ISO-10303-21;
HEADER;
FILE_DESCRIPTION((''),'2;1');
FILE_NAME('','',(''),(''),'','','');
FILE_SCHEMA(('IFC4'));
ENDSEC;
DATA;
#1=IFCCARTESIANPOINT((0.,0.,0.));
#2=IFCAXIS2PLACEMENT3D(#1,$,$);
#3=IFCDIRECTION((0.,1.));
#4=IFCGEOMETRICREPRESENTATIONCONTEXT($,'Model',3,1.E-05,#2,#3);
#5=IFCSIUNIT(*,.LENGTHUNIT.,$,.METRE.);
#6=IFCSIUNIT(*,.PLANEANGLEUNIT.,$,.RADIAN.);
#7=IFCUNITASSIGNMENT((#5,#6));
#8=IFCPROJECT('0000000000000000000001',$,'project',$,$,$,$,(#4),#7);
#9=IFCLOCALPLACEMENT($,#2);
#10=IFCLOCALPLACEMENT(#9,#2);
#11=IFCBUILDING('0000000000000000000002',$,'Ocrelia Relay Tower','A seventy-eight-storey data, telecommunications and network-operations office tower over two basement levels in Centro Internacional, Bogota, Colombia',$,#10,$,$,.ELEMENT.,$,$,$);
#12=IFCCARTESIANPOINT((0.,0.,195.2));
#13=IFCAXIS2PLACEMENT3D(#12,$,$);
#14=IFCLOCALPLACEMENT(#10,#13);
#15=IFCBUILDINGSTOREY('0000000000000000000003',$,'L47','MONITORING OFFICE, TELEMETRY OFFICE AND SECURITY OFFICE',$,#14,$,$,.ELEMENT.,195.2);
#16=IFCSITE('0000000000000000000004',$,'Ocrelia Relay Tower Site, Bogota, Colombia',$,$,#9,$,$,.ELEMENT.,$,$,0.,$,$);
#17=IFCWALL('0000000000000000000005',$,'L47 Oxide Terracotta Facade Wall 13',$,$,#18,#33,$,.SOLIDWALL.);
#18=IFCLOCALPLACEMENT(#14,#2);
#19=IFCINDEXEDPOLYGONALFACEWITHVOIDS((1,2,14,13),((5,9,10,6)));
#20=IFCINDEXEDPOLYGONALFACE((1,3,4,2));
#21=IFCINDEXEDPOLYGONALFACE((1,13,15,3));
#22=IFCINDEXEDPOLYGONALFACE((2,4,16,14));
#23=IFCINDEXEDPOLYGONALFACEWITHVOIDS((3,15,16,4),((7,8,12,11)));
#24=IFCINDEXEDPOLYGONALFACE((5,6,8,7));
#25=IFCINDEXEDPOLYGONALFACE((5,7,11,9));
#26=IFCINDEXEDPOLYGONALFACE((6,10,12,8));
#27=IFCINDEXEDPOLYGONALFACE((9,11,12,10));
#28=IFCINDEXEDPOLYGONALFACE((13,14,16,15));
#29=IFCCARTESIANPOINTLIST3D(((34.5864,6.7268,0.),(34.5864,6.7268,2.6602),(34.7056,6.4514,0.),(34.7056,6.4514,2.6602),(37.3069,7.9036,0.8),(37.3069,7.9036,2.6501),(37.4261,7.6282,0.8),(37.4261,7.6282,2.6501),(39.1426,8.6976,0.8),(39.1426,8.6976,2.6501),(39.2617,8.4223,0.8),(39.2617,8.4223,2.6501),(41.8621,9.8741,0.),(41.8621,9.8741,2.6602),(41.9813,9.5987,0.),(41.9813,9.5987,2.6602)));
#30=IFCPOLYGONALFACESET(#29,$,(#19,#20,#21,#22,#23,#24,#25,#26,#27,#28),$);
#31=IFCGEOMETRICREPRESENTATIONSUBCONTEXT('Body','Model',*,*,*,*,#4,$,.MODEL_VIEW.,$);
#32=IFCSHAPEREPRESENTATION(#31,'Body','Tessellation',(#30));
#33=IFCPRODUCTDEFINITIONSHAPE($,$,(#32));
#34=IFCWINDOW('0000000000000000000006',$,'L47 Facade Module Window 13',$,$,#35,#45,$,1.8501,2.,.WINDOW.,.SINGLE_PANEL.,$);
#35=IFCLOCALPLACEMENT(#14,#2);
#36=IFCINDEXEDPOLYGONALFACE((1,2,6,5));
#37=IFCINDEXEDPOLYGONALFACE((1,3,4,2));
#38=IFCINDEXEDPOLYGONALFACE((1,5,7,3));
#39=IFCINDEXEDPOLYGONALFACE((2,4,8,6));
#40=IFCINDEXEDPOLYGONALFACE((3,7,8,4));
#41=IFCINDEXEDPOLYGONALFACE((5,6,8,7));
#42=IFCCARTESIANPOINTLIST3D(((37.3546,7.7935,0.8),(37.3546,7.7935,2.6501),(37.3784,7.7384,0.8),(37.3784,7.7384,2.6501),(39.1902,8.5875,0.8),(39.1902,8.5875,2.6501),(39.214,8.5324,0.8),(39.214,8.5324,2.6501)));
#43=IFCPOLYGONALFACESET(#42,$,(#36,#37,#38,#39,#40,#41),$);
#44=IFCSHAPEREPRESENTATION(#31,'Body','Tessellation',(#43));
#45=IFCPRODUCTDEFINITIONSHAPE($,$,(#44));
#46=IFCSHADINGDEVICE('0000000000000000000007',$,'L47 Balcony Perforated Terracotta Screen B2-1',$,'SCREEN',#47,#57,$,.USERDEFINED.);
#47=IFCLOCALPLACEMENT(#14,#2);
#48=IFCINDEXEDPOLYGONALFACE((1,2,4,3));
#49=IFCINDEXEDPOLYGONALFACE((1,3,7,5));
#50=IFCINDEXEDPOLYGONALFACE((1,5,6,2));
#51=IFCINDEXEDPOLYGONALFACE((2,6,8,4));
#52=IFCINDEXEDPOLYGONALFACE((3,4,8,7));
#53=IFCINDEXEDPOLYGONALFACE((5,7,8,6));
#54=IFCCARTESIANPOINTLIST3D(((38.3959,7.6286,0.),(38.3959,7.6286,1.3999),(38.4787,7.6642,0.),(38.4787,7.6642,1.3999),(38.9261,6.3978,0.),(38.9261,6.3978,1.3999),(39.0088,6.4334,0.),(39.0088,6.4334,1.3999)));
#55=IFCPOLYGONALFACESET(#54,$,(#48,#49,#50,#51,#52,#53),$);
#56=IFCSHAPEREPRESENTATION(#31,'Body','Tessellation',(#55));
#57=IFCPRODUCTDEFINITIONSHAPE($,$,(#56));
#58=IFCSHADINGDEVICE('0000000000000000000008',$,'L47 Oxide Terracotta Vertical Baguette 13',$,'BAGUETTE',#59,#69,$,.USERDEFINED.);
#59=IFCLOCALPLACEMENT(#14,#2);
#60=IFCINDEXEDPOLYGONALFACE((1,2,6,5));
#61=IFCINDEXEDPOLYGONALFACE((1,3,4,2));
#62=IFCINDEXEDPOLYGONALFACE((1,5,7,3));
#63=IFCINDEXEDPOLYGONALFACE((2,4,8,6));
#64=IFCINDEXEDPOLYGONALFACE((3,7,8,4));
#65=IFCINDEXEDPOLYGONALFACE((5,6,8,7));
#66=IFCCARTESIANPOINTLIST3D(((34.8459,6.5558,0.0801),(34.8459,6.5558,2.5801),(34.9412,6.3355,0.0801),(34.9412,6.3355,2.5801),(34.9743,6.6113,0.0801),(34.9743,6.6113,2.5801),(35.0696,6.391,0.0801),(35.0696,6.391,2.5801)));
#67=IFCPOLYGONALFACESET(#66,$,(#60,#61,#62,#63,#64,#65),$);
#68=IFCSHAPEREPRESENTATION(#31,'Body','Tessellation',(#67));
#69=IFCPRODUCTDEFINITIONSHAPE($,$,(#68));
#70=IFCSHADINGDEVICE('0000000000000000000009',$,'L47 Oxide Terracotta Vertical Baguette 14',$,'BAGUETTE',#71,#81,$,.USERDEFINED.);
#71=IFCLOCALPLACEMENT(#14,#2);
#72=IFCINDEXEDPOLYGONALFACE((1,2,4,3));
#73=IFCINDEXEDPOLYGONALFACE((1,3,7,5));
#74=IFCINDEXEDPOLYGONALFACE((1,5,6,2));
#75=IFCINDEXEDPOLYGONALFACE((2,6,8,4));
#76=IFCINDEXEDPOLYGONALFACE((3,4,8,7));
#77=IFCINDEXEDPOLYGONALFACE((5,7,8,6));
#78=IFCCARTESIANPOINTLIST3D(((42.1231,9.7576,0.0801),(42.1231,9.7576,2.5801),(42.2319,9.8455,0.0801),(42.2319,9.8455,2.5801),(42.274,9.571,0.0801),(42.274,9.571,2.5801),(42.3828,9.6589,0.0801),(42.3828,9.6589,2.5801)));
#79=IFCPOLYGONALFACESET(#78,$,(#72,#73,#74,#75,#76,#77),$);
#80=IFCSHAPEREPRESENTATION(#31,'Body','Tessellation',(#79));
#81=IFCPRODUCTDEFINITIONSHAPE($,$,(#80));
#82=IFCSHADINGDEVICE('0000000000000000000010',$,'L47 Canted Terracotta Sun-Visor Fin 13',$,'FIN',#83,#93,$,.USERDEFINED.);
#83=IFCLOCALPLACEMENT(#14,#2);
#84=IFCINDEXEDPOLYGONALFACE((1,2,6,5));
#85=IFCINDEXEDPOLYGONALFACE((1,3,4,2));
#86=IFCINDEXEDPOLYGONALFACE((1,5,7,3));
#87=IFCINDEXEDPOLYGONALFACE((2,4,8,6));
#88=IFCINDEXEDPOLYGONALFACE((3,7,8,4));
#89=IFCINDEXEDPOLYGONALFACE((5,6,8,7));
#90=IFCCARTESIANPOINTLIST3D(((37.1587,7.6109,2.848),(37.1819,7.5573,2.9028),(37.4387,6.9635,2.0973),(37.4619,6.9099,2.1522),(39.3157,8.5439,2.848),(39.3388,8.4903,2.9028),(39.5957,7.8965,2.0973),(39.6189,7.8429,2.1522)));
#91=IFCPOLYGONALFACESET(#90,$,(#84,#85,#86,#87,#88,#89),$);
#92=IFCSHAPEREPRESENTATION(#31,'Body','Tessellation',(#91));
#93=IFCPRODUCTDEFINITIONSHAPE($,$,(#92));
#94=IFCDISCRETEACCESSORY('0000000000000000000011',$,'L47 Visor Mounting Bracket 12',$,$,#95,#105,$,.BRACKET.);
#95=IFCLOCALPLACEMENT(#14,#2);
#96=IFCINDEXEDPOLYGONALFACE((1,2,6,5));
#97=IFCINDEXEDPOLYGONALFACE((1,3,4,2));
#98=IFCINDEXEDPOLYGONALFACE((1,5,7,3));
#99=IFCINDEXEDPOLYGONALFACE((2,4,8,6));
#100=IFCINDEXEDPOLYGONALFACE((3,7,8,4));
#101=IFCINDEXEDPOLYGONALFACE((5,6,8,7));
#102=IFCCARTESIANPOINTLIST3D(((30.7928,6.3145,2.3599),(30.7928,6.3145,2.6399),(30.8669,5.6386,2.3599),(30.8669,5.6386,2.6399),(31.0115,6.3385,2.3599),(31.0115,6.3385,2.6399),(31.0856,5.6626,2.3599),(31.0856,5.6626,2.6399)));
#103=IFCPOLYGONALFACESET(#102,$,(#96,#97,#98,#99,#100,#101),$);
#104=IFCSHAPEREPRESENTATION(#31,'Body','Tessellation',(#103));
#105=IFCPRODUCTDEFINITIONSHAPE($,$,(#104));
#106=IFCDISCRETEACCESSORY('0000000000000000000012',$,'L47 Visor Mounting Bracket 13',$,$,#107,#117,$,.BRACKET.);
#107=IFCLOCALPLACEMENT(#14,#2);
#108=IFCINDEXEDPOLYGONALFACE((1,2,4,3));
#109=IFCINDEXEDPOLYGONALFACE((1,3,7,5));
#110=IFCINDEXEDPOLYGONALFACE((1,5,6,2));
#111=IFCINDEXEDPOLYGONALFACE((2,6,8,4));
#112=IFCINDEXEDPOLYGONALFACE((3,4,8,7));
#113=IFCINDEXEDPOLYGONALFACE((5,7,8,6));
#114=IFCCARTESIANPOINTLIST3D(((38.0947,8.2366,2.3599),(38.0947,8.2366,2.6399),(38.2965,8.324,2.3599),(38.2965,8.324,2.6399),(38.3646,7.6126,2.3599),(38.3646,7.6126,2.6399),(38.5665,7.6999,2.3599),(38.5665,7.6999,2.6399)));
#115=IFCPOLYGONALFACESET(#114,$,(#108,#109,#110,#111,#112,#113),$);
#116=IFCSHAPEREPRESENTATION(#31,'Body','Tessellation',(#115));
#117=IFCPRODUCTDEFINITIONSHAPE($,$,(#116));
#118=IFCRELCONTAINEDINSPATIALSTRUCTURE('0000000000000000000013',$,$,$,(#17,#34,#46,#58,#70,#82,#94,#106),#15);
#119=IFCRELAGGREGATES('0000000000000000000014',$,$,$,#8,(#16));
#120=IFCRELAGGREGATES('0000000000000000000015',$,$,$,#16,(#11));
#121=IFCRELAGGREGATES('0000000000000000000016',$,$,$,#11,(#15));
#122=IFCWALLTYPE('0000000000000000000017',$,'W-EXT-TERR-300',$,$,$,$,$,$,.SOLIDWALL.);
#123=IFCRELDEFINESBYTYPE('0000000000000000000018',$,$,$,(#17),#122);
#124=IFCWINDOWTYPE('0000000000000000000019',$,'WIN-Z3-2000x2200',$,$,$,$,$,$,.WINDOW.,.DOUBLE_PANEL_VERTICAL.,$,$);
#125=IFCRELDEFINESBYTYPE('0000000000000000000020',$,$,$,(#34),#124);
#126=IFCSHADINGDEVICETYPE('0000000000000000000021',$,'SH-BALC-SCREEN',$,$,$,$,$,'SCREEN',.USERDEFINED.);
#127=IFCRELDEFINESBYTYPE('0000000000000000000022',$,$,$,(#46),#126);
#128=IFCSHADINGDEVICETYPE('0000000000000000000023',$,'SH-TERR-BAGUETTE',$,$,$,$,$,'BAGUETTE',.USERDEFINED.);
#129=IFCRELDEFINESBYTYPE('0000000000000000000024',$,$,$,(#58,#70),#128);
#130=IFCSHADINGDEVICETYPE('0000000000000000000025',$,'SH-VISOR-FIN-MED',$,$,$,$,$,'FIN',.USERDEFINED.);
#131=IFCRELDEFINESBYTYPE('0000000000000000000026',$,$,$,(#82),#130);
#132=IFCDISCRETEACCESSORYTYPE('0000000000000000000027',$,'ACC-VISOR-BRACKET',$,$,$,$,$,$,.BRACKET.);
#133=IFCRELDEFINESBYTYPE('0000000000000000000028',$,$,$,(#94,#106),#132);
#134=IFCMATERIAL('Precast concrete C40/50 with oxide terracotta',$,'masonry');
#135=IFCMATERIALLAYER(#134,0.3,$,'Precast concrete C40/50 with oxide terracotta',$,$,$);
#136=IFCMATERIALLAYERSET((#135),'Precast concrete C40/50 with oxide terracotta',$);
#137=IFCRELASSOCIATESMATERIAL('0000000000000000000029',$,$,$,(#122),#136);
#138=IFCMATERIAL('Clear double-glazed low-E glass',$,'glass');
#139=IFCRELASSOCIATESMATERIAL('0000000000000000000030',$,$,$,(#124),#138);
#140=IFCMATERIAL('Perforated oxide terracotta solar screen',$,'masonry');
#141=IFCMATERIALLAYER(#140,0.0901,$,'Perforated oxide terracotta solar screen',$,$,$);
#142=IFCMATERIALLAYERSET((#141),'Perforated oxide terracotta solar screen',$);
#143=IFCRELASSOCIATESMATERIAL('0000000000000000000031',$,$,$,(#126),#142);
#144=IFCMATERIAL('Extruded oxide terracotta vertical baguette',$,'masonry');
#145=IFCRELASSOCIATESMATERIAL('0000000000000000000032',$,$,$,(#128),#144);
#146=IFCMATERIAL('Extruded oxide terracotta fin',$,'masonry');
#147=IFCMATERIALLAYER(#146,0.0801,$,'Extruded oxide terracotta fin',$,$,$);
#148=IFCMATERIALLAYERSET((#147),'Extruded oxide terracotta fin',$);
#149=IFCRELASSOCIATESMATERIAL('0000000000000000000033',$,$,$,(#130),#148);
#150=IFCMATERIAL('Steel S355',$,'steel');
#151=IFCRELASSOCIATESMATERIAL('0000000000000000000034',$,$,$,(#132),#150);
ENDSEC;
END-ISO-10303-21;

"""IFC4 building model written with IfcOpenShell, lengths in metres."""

from ifc_helpers import new_model, si_unit, direction, frame, frame_2d, origin, origin_2d, place, context, subcontext, project, spatial, rectangle, extrude, material, layer, layer_set, type_object, element, fill, save


model = new_model("IFC4")

# Units and contexts
model_context = context("Model", 3, precision=1e-05, world=origin(), true_north=direction((0.0, 1.0)))
body_context = subcontext(model_context, "Body", "Model", "MODEL_VIEW")
ifc_project = project(units=[si_unit("LENGTHUNIT", "METRE"), si_unit("PLANEANGLEUNIT", "RADIAN")], contexts=[model_context])

# Site, building, storey
site_placement = place(None, origin())
site = spatial("IfcSite", under=ifc_project, at=site_placement, Name="Ocrelia Relay Tower Site, Bogota, Colombia", CompositionType="ELEMENT", RefElevation=0.0)
building_placement = place(site_placement, origin())
building = spatial("IfcBuilding", under=site, at=building_placement, Name="Ocrelia Relay Tower", Description="A seventy-eight-storey data, telecommunications and network-operations office tower over two basement levels in Centro Internacional, Bogota, Colombia", CompositionType="ELEMENT")
storey_placement = place(building_placement, frame((0.0, 0.0, 195.2)))
storey = spatial("IfcBuildingStorey", under=building, at=storey_placement, Name="L47", Description="MONITORING OFFICE, TELEMETRY OFFICE AND SECURITY OFFICE", CompositionType="ELEMENT", Elevation=195.2)

# Shared definitions
ifc_material_1 = material(Name="Steel S355", Category="steel")

# Wall, opening, window
ifc_material_2 = material(Name="Precast concrete C40/50 with oxide terracotta", Category="masonry")
ifc_layer_1 = layer(ifc_material_2, 0.3, Name="Precast concrete C40/50 with oxide terracotta")
ifc_layer_set_1 = layer_set([ifc_layer_1], Name="Precast concrete C40/50 with oxide terracotta")
wall_type_1 = type_object("IfcWallType", Name="W-EXT-TERR-300", PredefinedType="SOLIDWALL", material=ifc_layer_set_1)
wall_1_placement = place(storey_placement, frame((34.646, 6.5891, 0.0), z_axis=(0.0, 0.0, 1.0), x_axis=(0.917811, 0.397017, 0.0)))
wall_1 = element("IfcWall", 1, at=wall_1_placement, inside=storey, type_object=wall_type_1, Name="L47 Oxide Terracotta Facade Wall 13", PredefinedType="SOLIDWALL", context=body_context, shape_type="SweptSolid", body=[
    extrude(rectangle(XDim=7.9272, YDim=0.3, at=frame_2d((3.9636, 0.0))), origin(), (0.0, 0.0, 1.0), 2.6602),
])
opening_1_placement = place(wall_1_placement, frame((2.9641, 0.0, 0.8)))
opening_1 = element("IfcOpeningElement", 2, at=opening_1_placement, cuts=wall_1, PredefinedType="OPENING", context=body_context, shape_type="SweptSolid", body=[
    extrude(rectangle(XDim=2.0, YDim=1.8501, at=frame_2d((1.0, 0.925))), frame((0.0, 0.1602, 0.0), z_axis=(0.0, -1.0, 0.0), x_axis=(1.0, 0.0, 0.0)), (0.0, 0.0, 1.0), 0.3201),
])
ifc_material_3 = material(Name="Clear double-glazed low-E glass", Category="glass")
window_type = type_object("IfcWindowType", Name="WIN-Z3-2000x2200", PartitioningType="DOUBLE_PANEL_VERTICAL", PredefinedType="WINDOW", material=ifc_material_3)
window_placement = place(opening_1_placement, origin())
window = element("IfcWindow", 3, at=window_placement, inside=storey, type_object=window_type, Name="L47 Facade Module Window 13", OverallHeight=1.8501, OverallWidth=2.0, PartitioningType="SINGLE_PANEL", PredefinedType="WINDOW", context=body_context, shape_type="SweptSolid", body=[
    extrude(rectangle(XDim=2.0, YDim=1.8501, at=frame_2d((1.0, 0.925))), frame((0.0, 0.03, 0.0), z_axis=(0.0, -1.0, 0.0), x_axis=(1.0, 0.0, 0.0)), (0.0, 0.0, 1.0), 0.0601),
])
fill(opening_1, window)

# Shading devices
ifc_material_4 = material(Name="Perforated oxide terracotta solar screen", Category="masonry")
ifc_layer_2 = layer(ifc_material_4, 0.0901, Name="Perforated oxide terracotta solar screen")
ifc_layer_set_2 = layer_set([ifc_layer_2], Name="Perforated oxide terracotta solar screen")
shading_device_type_1 = type_object("IfcShadingDeviceType", Name="SH-BALC-SCREEN", ElementType="SCREEN", PredefinedType="USERDEFINED", material=ifc_layer_set_2)
shading_device_1_placement = place(storey_placement, frame((38.7024, 7.031, 0.0), z_axis=(0.0, 0.0, 1.0), x_axis=(0.395625, -0.918412, 0.0)))
element("IfcShadingDevice", 4, at=shading_device_1_placement, inside=storey, type_object=shading_device_type_1, Name="L47 Balcony Perforated Terracotta Screen B2-1", ObjectType="SCREEN", PredefinedType="USERDEFINED", context=body_context, shape_type="SweptSolid", body=[
    extrude(rectangle(XDim=1.3401, YDim=0.0901, at=origin_2d()), origin(), (0.0, 0.0, 1.0), 1.3999),
])
ifc_material_5 = material(Name="Extruded oxide terracotta vertical baguette", Category="masonry")
shading_device_type_2 = type_object("IfcShadingDeviceType", Name="SH-TERR-BAGUETTE", ElementType="BAGUETTE", PredefinedType="USERDEFINED", material=ifc_material_5)
for number, where, z_axis, x_axis, name in (
    (5, (34.9578, 6.4734, 0.0801), (0.0, 0.0, 1.0), (0.917816, 0.397006, 0.0), "L47 Oxide Terracotta Vertical Baguette 13"),
    (6, (42.2529, 9.7083, 0.0801), (0.0, 0.0, 1.0), (0.777688, 0.62865, 0.0), "L47 Oxide Terracotta Vertical Baguette 14"),
):
    element("IfcShadingDevice", number, at=place(storey_placement, frame(where, z_axis=z_axis, x_axis=x_axis)), inside=storey, type_object=shading_device_type_2, Name=name, ObjectType="BAGUETTE", PredefinedType="USERDEFINED", context=body_context, shape_type="SweptSolid", body=[
        extrude(rectangle(XDim=0.1399, YDim=0.24, at=origin_2d()), origin(), (0.0, 0.0, 1.0), 2.5),
    ])
ifc_material_6 = material(Name="Extruded oxide terracotta fin", Category="masonry")
ifc_layer_3 = layer(ifc_material_6, 0.0801, Name="Extruded oxide terracotta fin")
ifc_layer_set_3 = layer_set([ifc_layer_3], Name="Extruded oxide terracotta fin")
shading_device_type_3 = type_object("IfcShadingDeviceType", Name="SH-VISOR-FIN-MED", ElementType="FIN", PredefinedType="USERDEFINED", material=ifc_layer_set_3)
shading_device_2_placement = place(storey_placement, frame((38.3772, 7.7537, 2.4727), z_axis=(0.28931, -0.66884, 0.684802), x_axis=(0.917816, 0.397006, 0.0)))
element("IfcShadingDevice", 7, at=shading_device_2_placement, inside=storey, type_object=shading_device_type_3, Name="L47 Canted Terracotta Sun-Visor Fin 13", ObjectType="FIN", PredefinedType="USERDEFINED", context=body_context, shape_type="SweptSolid", body=[
    extrude(rectangle(XDim=2.3501, YDim=1.03, at=origin_2d()), origin(), (0.0, 0.0, 1.0), 0.0801),
])

# Discrete accessories
discrete_accessory_type = type_object("IfcDiscreteAccessoryType", Name="ACC-VISOR-BRACKET", PredefinedType="BRACKET", material=ifc_material_1)
for number, where, z_axis, x_axis, name in (
    (8, (30.9392, 5.9885, 2.3599), (0.0, 0.0, 1.0), (0.994047, 0.108955, 0.0), "L47 Visor Mounting Bracket 12"),
    (9, (38.3306, 7.9683, 2.3599), (0.0, 0.0, 1.0), (0.917816, 0.397006, 0.0), "L47 Visor Mounting Bracket 13"),
):
    element("IfcDiscreteAccessory", number, at=place(storey_placement, frame(where, z_axis=z_axis, x_axis=x_axis)), inside=storey, type_object=discrete_accessory_type, Name=name, PredefinedType="BRACKET", context=body_context, shape_type="SweptSolid", body=[
        extrude(rectangle(XDim=0.22, YDim=0.6799, at=origin_2d()), origin(), (0.0, 0.0, 1.0), 0.28),
    ])

save(model, "model.ifc")
